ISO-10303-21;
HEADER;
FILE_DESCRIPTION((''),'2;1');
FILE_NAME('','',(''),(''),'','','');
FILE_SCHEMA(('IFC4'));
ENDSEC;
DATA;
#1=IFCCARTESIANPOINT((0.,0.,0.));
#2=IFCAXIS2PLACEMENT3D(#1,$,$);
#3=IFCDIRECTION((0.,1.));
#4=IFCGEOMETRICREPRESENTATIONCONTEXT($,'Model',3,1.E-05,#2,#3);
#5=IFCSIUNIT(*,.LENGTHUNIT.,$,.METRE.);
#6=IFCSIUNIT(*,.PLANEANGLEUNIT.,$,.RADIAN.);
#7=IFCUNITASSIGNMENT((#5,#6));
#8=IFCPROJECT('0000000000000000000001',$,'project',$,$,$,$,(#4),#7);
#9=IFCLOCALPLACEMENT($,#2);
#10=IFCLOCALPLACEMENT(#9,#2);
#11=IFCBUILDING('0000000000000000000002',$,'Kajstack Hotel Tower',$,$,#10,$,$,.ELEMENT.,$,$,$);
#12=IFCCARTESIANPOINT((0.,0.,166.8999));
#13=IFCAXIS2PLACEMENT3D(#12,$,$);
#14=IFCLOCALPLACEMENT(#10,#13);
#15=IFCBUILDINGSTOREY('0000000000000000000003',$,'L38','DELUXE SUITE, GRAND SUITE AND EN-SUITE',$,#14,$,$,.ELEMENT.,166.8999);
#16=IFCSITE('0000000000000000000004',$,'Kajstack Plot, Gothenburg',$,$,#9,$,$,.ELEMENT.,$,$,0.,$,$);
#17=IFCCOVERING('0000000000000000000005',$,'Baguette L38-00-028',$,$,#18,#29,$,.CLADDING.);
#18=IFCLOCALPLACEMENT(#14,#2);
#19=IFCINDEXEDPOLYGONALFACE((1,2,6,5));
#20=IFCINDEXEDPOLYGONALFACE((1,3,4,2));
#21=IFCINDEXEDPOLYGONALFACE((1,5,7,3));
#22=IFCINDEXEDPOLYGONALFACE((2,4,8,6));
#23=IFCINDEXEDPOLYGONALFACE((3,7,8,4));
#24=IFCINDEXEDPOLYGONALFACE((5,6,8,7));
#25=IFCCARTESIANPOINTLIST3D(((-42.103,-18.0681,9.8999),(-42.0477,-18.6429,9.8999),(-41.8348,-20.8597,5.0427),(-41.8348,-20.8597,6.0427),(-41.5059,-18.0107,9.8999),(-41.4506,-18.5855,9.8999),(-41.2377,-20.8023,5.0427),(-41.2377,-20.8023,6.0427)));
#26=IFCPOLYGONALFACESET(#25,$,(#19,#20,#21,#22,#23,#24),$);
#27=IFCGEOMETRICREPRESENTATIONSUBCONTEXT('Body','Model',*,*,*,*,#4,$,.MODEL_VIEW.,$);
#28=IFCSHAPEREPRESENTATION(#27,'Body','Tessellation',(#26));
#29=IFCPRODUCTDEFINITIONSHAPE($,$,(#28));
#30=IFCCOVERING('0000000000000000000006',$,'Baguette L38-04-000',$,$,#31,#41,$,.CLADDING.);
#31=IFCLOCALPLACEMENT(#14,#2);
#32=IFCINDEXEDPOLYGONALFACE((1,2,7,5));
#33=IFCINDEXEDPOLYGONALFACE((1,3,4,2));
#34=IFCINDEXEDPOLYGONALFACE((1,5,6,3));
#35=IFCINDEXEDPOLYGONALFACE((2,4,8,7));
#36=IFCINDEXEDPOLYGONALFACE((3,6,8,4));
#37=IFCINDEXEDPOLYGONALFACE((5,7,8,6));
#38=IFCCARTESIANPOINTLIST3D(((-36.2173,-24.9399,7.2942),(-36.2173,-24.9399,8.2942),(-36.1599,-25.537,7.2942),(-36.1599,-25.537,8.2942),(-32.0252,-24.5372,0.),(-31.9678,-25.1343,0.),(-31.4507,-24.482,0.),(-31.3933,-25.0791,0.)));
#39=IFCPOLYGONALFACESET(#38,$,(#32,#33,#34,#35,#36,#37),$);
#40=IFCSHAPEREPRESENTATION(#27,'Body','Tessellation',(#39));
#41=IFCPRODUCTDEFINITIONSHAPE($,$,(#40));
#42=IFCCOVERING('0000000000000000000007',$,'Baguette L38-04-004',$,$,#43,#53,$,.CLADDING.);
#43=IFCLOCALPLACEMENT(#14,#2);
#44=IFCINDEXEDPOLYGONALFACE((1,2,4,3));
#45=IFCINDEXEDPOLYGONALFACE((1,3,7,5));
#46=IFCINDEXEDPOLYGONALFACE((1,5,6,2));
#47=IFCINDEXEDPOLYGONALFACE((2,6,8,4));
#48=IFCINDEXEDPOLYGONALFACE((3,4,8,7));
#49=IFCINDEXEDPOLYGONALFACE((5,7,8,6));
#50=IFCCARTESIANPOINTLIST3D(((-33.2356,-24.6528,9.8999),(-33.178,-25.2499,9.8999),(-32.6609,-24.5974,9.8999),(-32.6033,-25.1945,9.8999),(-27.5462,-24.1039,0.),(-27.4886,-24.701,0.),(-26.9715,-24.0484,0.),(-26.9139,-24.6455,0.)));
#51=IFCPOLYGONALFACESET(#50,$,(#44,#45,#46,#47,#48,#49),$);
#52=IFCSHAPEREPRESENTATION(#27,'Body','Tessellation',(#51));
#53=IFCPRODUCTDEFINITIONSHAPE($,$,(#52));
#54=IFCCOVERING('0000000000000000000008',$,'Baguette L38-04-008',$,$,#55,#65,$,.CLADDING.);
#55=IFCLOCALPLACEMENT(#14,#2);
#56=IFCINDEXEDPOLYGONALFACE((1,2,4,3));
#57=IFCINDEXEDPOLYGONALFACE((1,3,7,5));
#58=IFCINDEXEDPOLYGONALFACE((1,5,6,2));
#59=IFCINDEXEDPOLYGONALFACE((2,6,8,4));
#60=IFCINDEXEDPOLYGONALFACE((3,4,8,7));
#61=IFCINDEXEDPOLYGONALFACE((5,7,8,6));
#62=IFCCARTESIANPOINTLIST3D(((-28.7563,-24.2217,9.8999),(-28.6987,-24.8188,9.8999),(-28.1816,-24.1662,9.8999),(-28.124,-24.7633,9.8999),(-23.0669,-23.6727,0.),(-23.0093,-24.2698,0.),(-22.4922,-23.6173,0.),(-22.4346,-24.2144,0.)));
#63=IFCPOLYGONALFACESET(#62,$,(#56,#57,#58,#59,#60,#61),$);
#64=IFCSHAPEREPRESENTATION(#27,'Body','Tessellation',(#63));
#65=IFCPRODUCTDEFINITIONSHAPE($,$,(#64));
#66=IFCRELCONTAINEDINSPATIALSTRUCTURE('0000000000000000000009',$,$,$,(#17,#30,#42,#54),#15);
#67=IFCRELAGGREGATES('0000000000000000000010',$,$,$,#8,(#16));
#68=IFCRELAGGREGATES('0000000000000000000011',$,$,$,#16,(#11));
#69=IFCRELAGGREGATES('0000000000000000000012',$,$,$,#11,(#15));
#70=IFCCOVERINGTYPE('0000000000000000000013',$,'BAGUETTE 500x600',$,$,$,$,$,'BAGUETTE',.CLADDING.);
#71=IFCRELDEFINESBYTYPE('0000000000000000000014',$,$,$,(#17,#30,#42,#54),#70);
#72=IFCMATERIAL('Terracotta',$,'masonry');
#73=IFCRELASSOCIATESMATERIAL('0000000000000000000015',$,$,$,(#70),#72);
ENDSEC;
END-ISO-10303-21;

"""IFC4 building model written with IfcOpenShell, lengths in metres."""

from ifc_helpers import new_model, si_unit, direction, frame, origin, origin_2d, place, context, subcontext, project, spatial, polyline, rectangle, outline, extrude, material, material_profile, profile_set, type_object, element, save


model = new_model("IFC4")

# Units and contexts
model_context = context("Model", 3, precision=1e-05, world=origin(), true_north=direction((0.0, 1.0)))
body_context = subcontext(model_context, "Body", "Model", "MODEL_VIEW")
ifc_project = project(units=[si_unit("LENGTHUNIT", "METRE"), si_unit("PLANEANGLEUNIT", "RADIAN")], contexts=[model_context])

# Site, building, storey
site_placement = place(None, origin())
site = spatial("IfcSite", under=ifc_project, at=site_placement, Name="Kajstack Plot, Gothenburg", CompositionType="ELEMENT", RefElevation=0.0)
building_placement = place(site_placement, origin())
building = spatial("IfcBuilding", under=site, at=building_placement, Name="Kajstack Hotel Tower", CompositionType="ELEMENT")
storey_placement = place(building_placement, frame((0.0, 0.0, 166.8999)))
storey = spatial("IfcBuildingStorey", under=building, at=storey_placement, Name="L38", Description="DELUXE SUITE, GRAND SUITE AND EN-SUITE", CompositionType="ELEMENT", Elevation=166.8999)

# Coverings
ifc_material_1 = material(Name="Terracotta", Category="masonry")
ifc_material_profile = material_profile(ifc_material_1, rectangle(XDim=0.6001, YDim=0.5, at=origin_2d()), Name="Terracotta-clad concrete baguette 500 x 600")
ifc_profile_set = profile_set([ifc_material_profile], Name="Terracotta")
covering_type = type_object("IfcCoveringType", Name="BAGUETTE 500x600", ElementType="BAGUETTE", PredefinedType="CLADDING", material=ifc_profile_set)
covering_1_placement = place(storey_placement, frame((-41.5059, -18.0107, 0.0), z_axis=(-0.995416, -0.095635, 0.0), x_axis=(0.095635, -0.995416, 0.0)))
element("IfcCovering", 1, at=covering_1_placement, inside=storey, type_object=covering_type, Name="Baguette L38-00-028", PredefinedType="CLADDING", context=body_context, shape_type="SweptSolid", body=[
    extrude(outline(polyline([(0.0, 9.8999), (2.8044, 5.0427), (2.8044, 6.0427), (0.5774, 9.8999), (0.0, 9.8999)])), origin(), (0.0, 0.0, 1.0), 0.5999),
])
covering_2_placement = place(storey_placement, frame((-36.2173, -24.9399, 0.0), z_axis=(0.095635, -0.995416, 0.0), x_axis=(0.995416, 0.095635, 0.0)))
element("IfcCovering", 2, at=covering_2_placement, inside=storey, type_object=covering_type, Name="Baguette L38-04-000", PredefinedType="CLADDING", context=body_context, shape_type="SweptSolid", body=[
    extrude(outline(polyline([(4.7886, 0.0), (0.0, 8.2942), (0.0, 7.2942), (4.2114, 0.0), (4.7886, 0.0)])), origin(), (0.0, 0.0, 1.0), 0.5999),
])
for number, where, z_axis, x_axis, name in (
    (3, (-33.2356, -24.6528, 0.0), (0.096038, -0.995378, 0.0), (0.995378, 0.096038, 0.0), "Baguette L38-04-004"),
    (4, (-28.7563, -24.2217, 0.0), (0.096038, -0.995378, 0.0), (0.995378, 0.096038, 0.0), "Baguette L38-04-008"),
):
    element("IfcCovering", number, at=place(storey_placement, frame(where, z_axis=z_axis, x_axis=x_axis)), inside=storey, type_object=covering_type, Name=name, PredefinedType="CLADDING", context=body_context, shape_type="SweptSolid", body=[
        extrude(outline(polyline([(0.0, 9.8999), (5.7158, 0.0), (6.2932, 0.0), (0.5774, 9.8999), (0.0, 9.8999)])), origin(), (0.0, 0.0, 1.0), 0.5999),
    ])

save(model, "model.ifc")
